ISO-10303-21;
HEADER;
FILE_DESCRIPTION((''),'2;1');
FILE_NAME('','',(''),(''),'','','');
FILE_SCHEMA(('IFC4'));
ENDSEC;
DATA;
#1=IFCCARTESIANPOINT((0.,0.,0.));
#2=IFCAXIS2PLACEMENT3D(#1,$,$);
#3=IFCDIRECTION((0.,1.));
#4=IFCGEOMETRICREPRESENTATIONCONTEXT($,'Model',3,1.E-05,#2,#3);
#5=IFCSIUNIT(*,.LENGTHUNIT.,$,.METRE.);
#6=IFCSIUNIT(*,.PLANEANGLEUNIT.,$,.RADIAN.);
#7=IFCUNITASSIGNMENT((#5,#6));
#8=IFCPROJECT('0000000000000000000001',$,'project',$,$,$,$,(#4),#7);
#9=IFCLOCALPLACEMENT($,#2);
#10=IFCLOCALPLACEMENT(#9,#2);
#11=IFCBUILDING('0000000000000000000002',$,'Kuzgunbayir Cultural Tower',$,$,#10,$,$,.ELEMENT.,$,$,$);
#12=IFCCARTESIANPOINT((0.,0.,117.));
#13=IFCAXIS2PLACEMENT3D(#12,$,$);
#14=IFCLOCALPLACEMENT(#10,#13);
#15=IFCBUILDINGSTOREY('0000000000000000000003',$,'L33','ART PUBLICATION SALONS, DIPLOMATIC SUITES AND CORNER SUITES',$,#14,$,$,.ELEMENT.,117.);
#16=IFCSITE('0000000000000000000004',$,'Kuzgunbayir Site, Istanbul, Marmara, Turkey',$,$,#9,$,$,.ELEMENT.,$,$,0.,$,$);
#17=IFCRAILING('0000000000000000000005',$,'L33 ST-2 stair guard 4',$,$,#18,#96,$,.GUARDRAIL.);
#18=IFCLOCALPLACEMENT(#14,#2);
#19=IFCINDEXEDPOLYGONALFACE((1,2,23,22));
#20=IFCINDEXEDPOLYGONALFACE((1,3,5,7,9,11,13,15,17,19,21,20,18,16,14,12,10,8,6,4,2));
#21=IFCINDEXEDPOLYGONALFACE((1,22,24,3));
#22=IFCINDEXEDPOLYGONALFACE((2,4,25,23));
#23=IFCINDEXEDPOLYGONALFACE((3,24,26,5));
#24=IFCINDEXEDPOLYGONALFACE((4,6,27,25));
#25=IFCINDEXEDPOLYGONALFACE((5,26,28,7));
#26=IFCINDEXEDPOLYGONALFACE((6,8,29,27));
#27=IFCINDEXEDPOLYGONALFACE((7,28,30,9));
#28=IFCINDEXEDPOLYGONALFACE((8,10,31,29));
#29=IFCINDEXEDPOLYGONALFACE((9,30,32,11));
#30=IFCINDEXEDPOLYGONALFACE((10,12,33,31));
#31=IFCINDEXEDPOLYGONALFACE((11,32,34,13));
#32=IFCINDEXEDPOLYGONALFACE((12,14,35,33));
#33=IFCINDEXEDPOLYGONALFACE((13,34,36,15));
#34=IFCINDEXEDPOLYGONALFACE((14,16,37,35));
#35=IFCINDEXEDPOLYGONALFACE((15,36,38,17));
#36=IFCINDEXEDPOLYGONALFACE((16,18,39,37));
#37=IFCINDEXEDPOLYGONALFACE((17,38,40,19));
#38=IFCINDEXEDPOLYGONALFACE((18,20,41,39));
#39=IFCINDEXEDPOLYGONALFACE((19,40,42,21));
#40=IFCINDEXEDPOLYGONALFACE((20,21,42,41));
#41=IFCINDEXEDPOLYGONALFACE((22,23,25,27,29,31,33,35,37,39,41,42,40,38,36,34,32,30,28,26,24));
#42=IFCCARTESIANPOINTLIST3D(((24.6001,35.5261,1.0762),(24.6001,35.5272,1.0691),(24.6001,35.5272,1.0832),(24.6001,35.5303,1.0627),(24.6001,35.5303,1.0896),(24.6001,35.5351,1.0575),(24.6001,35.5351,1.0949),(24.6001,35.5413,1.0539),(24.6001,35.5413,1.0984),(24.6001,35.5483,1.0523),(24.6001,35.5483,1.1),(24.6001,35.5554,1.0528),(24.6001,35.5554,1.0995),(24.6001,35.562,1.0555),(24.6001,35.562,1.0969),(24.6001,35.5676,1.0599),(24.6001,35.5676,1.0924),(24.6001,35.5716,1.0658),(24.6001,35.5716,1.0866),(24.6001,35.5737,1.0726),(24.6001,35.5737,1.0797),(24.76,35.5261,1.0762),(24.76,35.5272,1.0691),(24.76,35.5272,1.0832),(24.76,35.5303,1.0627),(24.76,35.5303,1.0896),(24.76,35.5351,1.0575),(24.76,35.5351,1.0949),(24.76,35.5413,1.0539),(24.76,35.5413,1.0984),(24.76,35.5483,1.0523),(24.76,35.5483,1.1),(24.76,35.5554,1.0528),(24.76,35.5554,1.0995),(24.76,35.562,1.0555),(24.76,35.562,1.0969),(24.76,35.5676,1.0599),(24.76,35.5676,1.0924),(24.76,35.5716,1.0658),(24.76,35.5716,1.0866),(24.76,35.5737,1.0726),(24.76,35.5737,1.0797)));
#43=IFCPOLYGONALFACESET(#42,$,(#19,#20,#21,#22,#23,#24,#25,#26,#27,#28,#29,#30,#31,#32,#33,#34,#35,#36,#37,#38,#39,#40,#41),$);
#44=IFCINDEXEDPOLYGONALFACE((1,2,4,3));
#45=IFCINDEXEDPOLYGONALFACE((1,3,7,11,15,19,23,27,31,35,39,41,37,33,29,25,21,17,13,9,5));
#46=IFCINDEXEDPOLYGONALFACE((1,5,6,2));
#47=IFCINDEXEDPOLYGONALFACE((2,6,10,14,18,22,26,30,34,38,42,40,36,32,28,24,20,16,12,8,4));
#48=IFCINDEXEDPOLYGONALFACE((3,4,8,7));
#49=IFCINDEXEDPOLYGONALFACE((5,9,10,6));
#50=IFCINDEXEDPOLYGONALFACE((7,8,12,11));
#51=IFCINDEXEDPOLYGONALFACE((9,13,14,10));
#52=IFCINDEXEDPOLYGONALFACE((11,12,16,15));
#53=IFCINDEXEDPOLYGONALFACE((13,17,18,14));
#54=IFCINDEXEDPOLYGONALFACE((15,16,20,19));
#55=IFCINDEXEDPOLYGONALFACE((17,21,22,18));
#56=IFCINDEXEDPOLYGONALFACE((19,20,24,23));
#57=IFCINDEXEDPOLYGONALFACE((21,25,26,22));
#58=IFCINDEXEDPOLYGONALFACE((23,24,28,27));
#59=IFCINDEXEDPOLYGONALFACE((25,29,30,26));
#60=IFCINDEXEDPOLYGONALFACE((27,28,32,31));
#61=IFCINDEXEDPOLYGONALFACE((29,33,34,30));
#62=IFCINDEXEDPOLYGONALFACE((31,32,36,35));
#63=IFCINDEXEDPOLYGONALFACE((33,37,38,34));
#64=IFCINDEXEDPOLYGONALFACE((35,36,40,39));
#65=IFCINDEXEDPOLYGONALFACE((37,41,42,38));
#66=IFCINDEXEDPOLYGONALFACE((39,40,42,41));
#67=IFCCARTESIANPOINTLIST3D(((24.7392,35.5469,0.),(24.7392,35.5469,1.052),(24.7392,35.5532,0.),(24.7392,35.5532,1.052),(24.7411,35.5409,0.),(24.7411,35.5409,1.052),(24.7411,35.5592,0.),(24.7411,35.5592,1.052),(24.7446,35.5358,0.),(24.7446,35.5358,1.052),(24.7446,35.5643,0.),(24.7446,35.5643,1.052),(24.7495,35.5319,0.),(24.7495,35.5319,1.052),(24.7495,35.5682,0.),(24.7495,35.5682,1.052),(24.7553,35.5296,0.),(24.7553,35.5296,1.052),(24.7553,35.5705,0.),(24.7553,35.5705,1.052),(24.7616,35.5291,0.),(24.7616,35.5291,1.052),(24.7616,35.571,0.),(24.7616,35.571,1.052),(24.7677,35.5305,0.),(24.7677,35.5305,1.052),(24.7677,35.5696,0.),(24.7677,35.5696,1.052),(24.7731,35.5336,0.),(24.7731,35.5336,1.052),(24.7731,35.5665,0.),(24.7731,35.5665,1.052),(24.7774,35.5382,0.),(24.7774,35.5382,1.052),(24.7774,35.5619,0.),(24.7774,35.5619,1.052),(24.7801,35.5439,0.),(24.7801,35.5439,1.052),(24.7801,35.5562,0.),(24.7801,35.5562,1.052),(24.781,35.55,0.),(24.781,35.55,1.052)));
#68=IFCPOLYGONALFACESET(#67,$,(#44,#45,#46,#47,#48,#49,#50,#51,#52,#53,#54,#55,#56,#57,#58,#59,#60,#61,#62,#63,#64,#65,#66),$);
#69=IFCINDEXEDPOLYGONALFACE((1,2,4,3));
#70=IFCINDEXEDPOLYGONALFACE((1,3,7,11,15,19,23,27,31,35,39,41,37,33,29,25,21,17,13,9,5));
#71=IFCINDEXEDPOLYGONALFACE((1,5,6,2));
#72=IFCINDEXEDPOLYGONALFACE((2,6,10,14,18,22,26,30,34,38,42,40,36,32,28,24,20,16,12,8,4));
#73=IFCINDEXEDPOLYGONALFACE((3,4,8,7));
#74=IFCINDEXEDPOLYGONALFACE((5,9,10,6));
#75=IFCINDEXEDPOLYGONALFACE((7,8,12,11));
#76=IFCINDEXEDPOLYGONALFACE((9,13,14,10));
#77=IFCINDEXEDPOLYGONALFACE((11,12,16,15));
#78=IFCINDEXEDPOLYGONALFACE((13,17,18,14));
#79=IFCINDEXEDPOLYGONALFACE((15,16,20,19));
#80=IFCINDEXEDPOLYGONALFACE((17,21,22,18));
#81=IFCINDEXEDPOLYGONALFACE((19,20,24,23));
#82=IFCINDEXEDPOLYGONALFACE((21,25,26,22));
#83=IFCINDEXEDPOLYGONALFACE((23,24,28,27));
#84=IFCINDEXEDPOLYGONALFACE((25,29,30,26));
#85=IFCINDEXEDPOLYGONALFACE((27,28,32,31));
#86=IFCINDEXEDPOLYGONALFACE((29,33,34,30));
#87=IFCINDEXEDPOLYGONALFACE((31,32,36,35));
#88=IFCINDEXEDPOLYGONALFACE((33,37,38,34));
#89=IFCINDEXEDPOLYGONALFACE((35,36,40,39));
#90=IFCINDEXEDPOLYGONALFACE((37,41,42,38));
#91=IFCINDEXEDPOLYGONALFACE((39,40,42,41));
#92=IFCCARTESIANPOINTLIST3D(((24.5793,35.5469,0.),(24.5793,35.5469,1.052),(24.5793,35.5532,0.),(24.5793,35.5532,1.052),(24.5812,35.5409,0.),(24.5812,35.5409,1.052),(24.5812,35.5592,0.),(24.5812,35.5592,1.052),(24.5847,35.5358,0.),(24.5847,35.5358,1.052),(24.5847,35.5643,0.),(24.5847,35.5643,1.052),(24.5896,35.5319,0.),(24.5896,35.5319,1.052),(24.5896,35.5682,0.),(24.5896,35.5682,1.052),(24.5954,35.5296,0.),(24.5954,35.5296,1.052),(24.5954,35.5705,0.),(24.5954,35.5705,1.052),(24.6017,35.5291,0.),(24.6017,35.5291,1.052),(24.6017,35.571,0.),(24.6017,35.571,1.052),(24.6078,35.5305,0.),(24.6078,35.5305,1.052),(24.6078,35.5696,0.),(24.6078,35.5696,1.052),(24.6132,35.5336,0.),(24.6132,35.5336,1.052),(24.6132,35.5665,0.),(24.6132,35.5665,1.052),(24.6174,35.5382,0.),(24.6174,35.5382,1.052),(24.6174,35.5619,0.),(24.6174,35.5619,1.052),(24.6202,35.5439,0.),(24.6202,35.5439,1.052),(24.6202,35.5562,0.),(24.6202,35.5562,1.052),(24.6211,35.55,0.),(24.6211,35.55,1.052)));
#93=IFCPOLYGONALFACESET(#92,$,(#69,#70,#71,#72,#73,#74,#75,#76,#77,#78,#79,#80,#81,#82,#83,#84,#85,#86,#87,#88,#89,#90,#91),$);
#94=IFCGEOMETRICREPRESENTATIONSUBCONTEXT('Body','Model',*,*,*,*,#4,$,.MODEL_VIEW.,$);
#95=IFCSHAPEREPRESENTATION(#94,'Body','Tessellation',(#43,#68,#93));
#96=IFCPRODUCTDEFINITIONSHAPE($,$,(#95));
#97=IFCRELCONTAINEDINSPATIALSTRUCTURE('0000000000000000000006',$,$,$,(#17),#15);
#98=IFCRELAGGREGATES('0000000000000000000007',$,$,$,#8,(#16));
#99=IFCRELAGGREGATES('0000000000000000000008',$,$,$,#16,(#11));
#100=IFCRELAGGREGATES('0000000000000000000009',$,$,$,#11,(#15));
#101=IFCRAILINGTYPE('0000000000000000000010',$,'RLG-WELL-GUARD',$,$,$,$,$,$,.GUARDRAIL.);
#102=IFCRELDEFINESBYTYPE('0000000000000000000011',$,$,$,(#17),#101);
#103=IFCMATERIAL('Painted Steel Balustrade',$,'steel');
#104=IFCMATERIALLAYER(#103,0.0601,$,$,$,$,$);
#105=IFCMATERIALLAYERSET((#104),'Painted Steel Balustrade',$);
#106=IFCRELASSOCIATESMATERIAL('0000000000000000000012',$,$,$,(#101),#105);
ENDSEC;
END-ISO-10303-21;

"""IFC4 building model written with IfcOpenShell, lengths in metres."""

from ifc_helpers import new_model, si_unit, direction, frame, origin, origin_2d, place, context, subcontext, project, spatial, circle, extrude, material, layer, layer_set, type_object, element, save


model = new_model("IFC4")

# Units and contexts
model_context = context("Model", 3, precision=1e-05, world=origin(), true_north=direction((0.0, 1.0)))
body_context = subcontext(model_context, "Body", "Model", "MODEL_VIEW")
ifc_project = project(units=[si_unit("LENGTHUNIT", "METRE"), si_unit("PLANEANGLEUNIT", "RADIAN")], contexts=[model_context])

# Site, building, storey
site_placement = place(None, origin())
site = spatial("IfcSite", under=ifc_project, at=site_placement, Name="Kuzgunbayir Site, Istanbul, Marmara, Turkey", CompositionType="ELEMENT", RefElevation=0.0)
building_placement = place(site_placement, origin())
building = spatial("IfcBuilding", under=site, at=building_placement, Name="Kuzgunbayir Cultural Tower", CompositionType="ELEMENT")
storey_placement = place(building_placement, frame((0.0, 0.0, 117.0)))
storey = spatial("IfcBuildingStorey", under=building, at=storey_placement, Name="L33", Description="ART PUBLICATION SALONS, DIPLOMATIC SUITES AND CORNER SUITES", CompositionType="ELEMENT", Elevation=117.0)

# Railing
ifc_material_1 = material(Name="Painted Steel Balustrade", Category="steel")
ifc_layer_1 = layer(ifc_material_1, 0.0601)
ifc_layer_set_1 = layer_set([ifc_layer_1], Name="Painted Steel Balustrade")
railing_type_1 = type_object("IfcRailingType", Name="RLG-WELL-GUARD", PredefinedType="GUARDRAIL", material=ifc_layer_set_1)
railing_1_placement = place(storey_placement, frame((24.76, 35.55, 0.0)))
element("IfcRailing", 1, at=railing_1_placement, inside=storey, type_object=railing_type_1, Name="L33 ST-2 stair guard 4", PredefinedType="GUARDRAIL", context=body_context, shape_type="SweptSolid", body=[
    extrude(circle(Radius=0.0239, at=origin_2d()), frame((0.0, 0.0, 1.0762), z_axis=(-1.0, 0.0, 0.0), x_axis=(0.0, -1.0, 0.0)), (0.0, 0.0, 1.0), 0.1599),
    extrude(circle(Radius=0.021, at=origin_2d()), origin(), (0.0, 0.0, 1.0), 1.052),
    extrude(circle(Radius=0.021, at=origin_2d()), frame((-0.1599, 0.0, 0.0)), (0.0, 0.0, 1.0), 1.052),
])

save(model, "model.ifc")
